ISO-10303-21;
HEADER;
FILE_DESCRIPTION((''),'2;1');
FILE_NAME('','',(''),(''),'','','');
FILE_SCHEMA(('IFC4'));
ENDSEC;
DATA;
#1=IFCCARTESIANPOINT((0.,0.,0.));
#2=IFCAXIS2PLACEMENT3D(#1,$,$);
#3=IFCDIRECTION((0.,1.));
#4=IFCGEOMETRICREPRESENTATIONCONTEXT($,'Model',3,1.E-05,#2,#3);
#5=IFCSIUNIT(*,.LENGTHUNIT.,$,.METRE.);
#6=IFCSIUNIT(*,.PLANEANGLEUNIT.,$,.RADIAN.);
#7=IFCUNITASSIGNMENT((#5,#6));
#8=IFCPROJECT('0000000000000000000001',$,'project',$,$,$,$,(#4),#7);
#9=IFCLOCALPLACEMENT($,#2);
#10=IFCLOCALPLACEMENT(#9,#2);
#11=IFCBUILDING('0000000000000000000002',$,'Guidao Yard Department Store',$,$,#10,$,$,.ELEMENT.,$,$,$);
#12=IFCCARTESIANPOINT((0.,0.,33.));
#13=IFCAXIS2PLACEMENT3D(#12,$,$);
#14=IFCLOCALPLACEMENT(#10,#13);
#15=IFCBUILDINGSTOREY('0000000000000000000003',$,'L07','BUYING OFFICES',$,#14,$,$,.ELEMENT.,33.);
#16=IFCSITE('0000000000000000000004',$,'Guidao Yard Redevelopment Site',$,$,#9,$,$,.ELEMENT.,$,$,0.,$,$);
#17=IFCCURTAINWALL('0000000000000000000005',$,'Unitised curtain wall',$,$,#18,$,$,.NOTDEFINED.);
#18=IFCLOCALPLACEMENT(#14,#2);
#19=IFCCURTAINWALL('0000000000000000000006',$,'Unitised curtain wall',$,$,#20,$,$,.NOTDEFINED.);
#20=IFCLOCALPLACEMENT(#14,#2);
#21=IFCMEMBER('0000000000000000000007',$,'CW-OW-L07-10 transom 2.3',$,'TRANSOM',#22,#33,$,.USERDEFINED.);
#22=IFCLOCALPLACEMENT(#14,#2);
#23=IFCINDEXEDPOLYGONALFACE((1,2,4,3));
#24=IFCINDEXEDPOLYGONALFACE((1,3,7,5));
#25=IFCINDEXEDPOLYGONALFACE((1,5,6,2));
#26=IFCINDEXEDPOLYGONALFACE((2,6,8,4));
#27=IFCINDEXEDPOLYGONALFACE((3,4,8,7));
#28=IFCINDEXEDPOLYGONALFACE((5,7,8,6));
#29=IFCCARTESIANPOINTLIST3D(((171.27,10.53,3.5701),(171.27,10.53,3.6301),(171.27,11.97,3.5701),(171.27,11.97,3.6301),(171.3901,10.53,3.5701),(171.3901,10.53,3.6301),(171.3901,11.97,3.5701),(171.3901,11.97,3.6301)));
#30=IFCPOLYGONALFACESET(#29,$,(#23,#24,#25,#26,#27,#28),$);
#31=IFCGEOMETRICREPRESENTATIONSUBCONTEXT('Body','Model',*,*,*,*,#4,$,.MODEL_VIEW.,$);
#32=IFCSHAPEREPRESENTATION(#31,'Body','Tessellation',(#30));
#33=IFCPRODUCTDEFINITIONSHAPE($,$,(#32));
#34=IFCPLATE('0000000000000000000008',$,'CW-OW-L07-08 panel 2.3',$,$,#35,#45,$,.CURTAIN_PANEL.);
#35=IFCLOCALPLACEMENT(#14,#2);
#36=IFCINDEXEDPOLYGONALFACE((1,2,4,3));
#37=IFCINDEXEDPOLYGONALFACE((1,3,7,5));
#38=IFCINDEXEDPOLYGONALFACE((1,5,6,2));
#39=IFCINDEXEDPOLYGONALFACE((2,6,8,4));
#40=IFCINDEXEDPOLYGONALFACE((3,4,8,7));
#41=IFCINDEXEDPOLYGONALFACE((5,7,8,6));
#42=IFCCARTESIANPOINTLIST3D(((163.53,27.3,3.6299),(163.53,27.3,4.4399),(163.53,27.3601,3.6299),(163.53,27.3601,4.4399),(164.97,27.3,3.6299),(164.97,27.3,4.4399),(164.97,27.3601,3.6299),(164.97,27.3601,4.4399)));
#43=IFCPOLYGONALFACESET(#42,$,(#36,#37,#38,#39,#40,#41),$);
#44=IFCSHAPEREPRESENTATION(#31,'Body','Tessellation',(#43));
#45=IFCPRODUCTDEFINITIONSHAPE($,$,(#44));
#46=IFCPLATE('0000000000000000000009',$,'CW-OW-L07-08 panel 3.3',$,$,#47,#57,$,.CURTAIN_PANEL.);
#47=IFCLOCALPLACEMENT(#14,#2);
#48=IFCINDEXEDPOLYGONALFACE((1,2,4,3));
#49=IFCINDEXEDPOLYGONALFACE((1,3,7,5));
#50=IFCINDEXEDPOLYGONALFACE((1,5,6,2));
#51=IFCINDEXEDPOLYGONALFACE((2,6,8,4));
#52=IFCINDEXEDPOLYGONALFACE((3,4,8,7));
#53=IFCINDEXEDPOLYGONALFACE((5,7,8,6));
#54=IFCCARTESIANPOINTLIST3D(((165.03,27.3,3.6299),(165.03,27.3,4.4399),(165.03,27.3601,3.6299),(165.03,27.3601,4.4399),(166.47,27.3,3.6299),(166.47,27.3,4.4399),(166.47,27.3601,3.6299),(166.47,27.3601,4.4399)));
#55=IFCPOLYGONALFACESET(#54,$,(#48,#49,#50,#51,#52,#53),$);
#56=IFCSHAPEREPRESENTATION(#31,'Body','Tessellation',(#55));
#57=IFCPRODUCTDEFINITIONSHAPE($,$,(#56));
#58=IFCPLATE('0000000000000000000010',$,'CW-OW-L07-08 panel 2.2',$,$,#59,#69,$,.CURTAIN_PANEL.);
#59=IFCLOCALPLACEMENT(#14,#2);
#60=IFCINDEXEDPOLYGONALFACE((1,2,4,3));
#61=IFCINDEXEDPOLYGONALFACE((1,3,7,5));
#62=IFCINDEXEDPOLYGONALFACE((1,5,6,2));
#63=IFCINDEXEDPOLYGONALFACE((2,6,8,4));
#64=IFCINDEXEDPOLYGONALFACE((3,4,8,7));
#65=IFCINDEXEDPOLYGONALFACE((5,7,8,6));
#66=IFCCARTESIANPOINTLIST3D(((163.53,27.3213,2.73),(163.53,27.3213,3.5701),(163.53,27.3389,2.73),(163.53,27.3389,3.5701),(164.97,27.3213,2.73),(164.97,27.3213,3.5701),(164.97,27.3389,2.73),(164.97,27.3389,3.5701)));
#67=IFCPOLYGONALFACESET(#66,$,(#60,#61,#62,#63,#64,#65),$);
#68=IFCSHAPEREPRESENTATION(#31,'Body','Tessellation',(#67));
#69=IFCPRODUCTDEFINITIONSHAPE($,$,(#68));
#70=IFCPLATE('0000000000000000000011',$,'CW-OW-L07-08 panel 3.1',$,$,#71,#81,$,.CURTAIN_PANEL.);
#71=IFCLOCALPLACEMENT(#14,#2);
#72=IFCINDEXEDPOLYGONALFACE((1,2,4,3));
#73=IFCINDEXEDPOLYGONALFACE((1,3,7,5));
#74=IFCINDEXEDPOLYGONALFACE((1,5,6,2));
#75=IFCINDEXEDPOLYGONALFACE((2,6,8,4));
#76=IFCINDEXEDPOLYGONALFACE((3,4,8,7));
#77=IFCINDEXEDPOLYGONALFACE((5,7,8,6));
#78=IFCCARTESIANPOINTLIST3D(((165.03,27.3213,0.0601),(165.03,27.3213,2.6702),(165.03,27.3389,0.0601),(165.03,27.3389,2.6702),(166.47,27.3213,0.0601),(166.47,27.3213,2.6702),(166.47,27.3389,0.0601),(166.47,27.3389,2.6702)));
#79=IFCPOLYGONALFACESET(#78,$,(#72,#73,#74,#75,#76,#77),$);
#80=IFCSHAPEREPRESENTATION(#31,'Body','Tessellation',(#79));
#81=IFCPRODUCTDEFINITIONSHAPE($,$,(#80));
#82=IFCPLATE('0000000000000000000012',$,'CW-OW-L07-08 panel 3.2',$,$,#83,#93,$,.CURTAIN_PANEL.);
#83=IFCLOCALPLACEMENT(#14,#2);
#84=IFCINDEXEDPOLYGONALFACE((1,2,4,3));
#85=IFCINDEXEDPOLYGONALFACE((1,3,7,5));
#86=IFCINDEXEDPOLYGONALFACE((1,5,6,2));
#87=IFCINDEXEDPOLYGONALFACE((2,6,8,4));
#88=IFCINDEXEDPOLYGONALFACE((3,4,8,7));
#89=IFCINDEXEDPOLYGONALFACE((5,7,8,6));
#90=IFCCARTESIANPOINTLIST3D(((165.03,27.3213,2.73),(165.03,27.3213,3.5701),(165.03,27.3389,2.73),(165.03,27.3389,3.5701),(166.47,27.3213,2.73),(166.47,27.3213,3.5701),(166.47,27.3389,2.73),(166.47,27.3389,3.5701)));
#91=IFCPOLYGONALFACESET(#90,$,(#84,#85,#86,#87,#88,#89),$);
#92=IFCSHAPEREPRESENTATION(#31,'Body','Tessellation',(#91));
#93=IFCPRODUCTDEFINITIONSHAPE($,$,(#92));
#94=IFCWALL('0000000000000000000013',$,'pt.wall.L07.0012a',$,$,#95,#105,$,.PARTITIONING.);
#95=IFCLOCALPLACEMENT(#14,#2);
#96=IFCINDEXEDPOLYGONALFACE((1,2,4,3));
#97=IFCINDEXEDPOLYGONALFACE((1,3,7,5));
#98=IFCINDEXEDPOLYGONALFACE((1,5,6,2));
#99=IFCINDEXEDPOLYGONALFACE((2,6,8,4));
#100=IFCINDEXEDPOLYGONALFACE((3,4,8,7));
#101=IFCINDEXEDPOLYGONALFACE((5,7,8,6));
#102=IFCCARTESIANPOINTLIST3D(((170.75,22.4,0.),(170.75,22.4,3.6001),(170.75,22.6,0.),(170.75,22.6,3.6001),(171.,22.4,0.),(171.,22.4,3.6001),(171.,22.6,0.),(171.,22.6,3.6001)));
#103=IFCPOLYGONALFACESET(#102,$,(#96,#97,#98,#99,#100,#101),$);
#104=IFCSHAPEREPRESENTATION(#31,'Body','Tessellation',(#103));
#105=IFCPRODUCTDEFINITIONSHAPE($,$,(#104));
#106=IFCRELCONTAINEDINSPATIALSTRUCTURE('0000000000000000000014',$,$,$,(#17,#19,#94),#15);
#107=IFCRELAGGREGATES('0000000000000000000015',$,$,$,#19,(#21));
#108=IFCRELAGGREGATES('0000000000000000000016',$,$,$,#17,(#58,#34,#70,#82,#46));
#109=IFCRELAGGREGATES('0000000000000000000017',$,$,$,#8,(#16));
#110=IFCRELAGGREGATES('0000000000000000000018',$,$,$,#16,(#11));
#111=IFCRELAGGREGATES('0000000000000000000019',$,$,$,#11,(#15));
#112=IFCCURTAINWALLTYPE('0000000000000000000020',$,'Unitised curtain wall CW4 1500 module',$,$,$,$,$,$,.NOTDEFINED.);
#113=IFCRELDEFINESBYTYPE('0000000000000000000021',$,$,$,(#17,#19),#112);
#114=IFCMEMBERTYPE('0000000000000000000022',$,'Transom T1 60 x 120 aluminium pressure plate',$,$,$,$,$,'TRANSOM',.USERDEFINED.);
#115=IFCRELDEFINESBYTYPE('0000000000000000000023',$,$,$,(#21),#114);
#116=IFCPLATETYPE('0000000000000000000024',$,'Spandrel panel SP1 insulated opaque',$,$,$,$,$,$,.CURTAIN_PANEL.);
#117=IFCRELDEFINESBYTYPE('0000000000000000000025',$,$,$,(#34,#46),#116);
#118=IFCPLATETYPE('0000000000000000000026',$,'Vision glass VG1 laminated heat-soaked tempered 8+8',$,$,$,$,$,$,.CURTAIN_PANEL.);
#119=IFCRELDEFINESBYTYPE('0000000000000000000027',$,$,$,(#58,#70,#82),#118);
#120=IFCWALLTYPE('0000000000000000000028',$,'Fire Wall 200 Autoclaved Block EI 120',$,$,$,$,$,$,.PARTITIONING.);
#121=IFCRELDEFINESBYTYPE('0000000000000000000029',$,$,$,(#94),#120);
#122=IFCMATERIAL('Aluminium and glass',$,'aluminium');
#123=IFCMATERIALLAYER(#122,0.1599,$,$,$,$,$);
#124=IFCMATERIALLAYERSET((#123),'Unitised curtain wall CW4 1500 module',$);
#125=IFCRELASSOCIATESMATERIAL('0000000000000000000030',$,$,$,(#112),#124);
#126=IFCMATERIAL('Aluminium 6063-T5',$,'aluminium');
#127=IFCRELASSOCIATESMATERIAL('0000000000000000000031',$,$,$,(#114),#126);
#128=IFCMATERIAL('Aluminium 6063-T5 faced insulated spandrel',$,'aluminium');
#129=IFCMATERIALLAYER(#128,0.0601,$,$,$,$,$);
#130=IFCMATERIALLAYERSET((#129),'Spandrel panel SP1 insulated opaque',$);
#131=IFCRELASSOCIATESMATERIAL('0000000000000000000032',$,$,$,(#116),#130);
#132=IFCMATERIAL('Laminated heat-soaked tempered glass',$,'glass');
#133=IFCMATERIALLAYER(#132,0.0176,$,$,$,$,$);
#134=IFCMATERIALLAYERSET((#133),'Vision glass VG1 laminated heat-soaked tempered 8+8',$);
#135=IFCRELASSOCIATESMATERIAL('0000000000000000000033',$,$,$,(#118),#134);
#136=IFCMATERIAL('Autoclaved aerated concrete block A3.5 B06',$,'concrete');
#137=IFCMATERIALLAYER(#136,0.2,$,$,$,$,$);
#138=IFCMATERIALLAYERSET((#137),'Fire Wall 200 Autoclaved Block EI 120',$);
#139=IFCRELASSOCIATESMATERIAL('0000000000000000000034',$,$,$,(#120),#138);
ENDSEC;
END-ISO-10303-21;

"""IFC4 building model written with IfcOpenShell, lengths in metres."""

from ifc_helpers import new_model, si_unit, direction, frame, frame_2d, origin, origin_2d, place, context, subcontext, project, spatial, rectangle, extrude, material, layer, layer_set, material_profile, profile_set, type_object, element, aggregate, save


model = new_model("IFC4")

# Units and contexts
model_context = context("Model", 3, precision=1e-05, world=origin(), true_north=direction((0.0, 1.0)))
body_context = subcontext(model_context, "Body", "Model", "MODEL_VIEW")
ifc_project = project(units=[si_unit("LENGTHUNIT", "METRE"), si_unit("PLANEANGLEUNIT", "RADIAN")], contexts=[model_context])

# Site, building, storey
site_placement = place(None, origin())
site = spatial("IfcSite", under=ifc_project, at=site_placement, Name="Guidao Yard Redevelopment Site", CompositionType="ELEMENT", RefElevation=0.0)
building_placement = place(site_placement, origin())
building = spatial("IfcBuilding", under=site, at=building_placement, Name="Guidao Yard Department Store", CompositionType="ELEMENT")
storey_placement = place(building_placement, frame((0.0, 0.0, 33.0)))
storey = spatial("IfcBuildingStorey", under=building, at=storey_placement, Name="L07", Description="BUYING OFFICES", CompositionType="ELEMENT", Elevation=33.0)

# Curtain wall
ifc_material_1 = material(Name="Aluminium and glass", Category="aluminium")
ifc_layer_1 = layer(ifc_material_1, 0.1599)
ifc_layer_set_1 = layer_set([ifc_layer_1], Name="Unitised curtain wall CW4 1500 module")
curtain_wall_type = type_object("IfcCurtainWallType", Name="Unitised curtain wall CW4 1500 module", PredefinedType="NOTDEFINED", material=ifc_layer_set_1)
curtain_wall_1_placement = place(storey_placement, origin())
curtain_wall_1 = element("IfcCurtainWall", 1, at=curtain_wall_1_placement, inside=storey, type_object=curtain_wall_type, Name="Unitised curtain wall", PredefinedType="NOTDEFINED")

# Shared definitions
ifc_material_2 = material(Name="Aluminium 6063-T5", Category="aluminium")
ifc_material_profile_1 = material_profile(ifc_material_2, rectangle(XDim=0.1201, YDim=0.0601, at=origin_2d()), Name="Transom T1 60 x 120 aluminium pressure plate")
ifc_profile_set_1 = profile_set([ifc_material_profile_1], Name="Aluminium 6063-T5")
member_type_1 = type_object("IfcMemberType", Name="Transom T1 60 x 120 aluminium pressure plate", ElementType="TRANSOM", PredefinedType="USERDEFINED", material=ifc_profile_set_1)

# Curtain wall, member
curtain_wall_2_placement = place(storey_placement, origin())
curtain_wall_2 = element("IfcCurtainWall", 2, at=curtain_wall_2_placement, inside=storey, type_object=curtain_wall_type, Name="Unitised curtain wall", PredefinedType="NOTDEFINED")
member_1_placement = place(storey_placement, frame((171.3301, 11.97, 3.6001), z_axis=(0.0, -1.0, 0.0), x_axis=(1.0, 0.0, 0.0)))
member_1 = element("IfcMember", 3, at=member_1_placement, type_object=member_type_1, Name="CW-OW-L07-10 transom 2.3", ObjectType="TRANSOM", PredefinedType="USERDEFINED", context=body_context, shape_type="SweptSolid", body=[
    extrude(rectangle(XDim=0.1201, YDim=0.0601, at=origin_2d()), origin(), (0.0, 0.0, 1.0), 1.4399),
])
aggregate(curtain_wall_2, [member_1])

# Plates
ifc_material_3 = material(Name="Aluminium 6063-T5 faced insulated spandrel", Category="aluminium")
ifc_layer_2 = layer(ifc_material_3, 0.0601)
ifc_layer_set_2 = layer_set([ifc_layer_2], Name="Spandrel panel SP1 insulated opaque")
plate_type_1 = type_object("IfcPlateType", Name="Spandrel panel SP1 insulated opaque", PredefinedType="CURTAIN_PANEL", material=ifc_layer_set_2)
plate_1_placement = place(storey_placement, frame((164.25, 27.3301, 3.6299), z_axis=(0.0, 0.0, 1.0), x_axis=(1.0, 0.0, 0.0)))
plate_1 = element("IfcPlate", 4, at=plate_1_placement, type_object=plate_type_1, Name="CW-OW-L07-08 panel 2.3", PredefinedType="CURTAIN_PANEL", context=body_context, shape_type="SweptSolid", body=[
    extrude(rectangle(XDim=1.4399, YDim=0.0601, at=origin_2d()), origin(), (0.0, 0.0, 1.0), 0.8101),
])
plate_2_placement = place(storey_placement, frame((165.75, 27.3301, 3.6299), z_axis=(0.0, 0.0, 1.0), x_axis=(1.0, 0.0, 0.0)))
plate_2 = element("IfcPlate", 5, at=plate_2_placement, type_object=plate_type_1, Name="CW-OW-L07-08 panel 3.3", PredefinedType="CURTAIN_PANEL", context=body_context, shape_type="SweptSolid", body=[
    extrude(rectangle(XDim=1.4399, YDim=0.0601, at=origin_2d()), origin(), (0.0, 0.0, 1.0), 0.8101),
])
ifc_material_4 = material(Name="Laminated heat-soaked tempered glass", Category="glass")
ifc_layer_3 = layer(ifc_material_4, 0.0176)
ifc_layer_set_3 = layer_set([ifc_layer_3], Name="Vision glass VG1 laminated heat-soaked tempered 8+8")
plate_type_2 = type_object("IfcPlateType", Name="Vision glass VG1 laminated heat-soaked tempered 8+8", PredefinedType="CURTAIN_PANEL", material=ifc_layer_set_3)
plate_3_placement = place(storey_placement, frame((164.25, 27.3301, 2.73), z_axis=(0.0, 0.0, 1.0), x_axis=(1.0, 0.0, 0.0)))
plate_3 = element("IfcPlate", 6, at=plate_3_placement, type_object=plate_type_2, Name="CW-OW-L07-08 panel 2.2", PredefinedType="CURTAIN_PANEL", context=body_context, shape_type="SweptSolid", body=[
    extrude(rectangle(XDim=1.4399, YDim=0.0176, at=origin_2d()), origin(), (0.0, 0.0, 1.0), 0.8401),
])
plate_4_placement = place(storey_placement, frame((165.75, 27.3301, 0.0601), z_axis=(0.0, 0.0, 1.0), x_axis=(1.0, 0.0, 0.0)))
plate_4 = element("IfcPlate", 7, at=plate_4_placement, type_object=plate_type_2, Name="CW-OW-L07-08 panel 3.1", PredefinedType="CURTAIN_PANEL", context=body_context, shape_type="SweptSolid", body=[
    extrude(rectangle(XDim=1.4399, YDim=0.0176, at=origin_2d()), origin(), (0.0, 0.0, 1.0), 2.6101),
])
plate_5_placement = place(storey_placement, frame((165.75, 27.3301, 2.73), z_axis=(0.0, 0.0, 1.0), x_axis=(1.0, 0.0, 0.0)))
plate_5 = element("IfcPlate", 8, at=plate_5_placement, type_object=plate_type_2, Name="CW-OW-L07-08 panel 3.2", PredefinedType="CURTAIN_PANEL", context=body_context, shape_type="SweptSolid", body=[
    extrude(rectangle(XDim=1.4399, YDim=0.0176, at=origin_2d()), origin(), (0.0, 0.0, 1.0), 0.8401),
])
aggregate(curtain_wall_1, [plate_3, plate_1, plate_4, plate_5, plate_2])

# Wall
ifc_material_5 = material(Name="Autoclaved aerated concrete block A3.5 B06", Category="concrete")
ifc_layer_4 = layer(ifc_material_5, 0.2)
ifc_layer_set_4 = layer_set([ifc_layer_4], Name="Fire Wall 200 Autoclaved Block EI 120")
wall_type = type_object("IfcWallType", Name="Fire Wall 200 Autoclaved Block EI 120", PredefinedType="PARTITIONING", material=ifc_layer_set_4)
wall_placement = place(storey_placement, frame((170.75, 22.5, 0.0), z_axis=(0.0, 0.0, 1.0), x_axis=(1.0, 0.0, 0.0)))
element("IfcWall", 9, at=wall_placement, inside=storey, type_object=wall_type, Name="pt.wall.L07.0012a", PredefinedType="PARTITIONING", context=body_context, shape_type="SweptSolid", body=[
    extrude(rectangle(XDim=0.25, YDim=0.2, at=frame_2d((0.125, 0.0))), origin(), (0.0, 0.0, 1.0), 3.6001),
])

save(model, "model.ifc")
